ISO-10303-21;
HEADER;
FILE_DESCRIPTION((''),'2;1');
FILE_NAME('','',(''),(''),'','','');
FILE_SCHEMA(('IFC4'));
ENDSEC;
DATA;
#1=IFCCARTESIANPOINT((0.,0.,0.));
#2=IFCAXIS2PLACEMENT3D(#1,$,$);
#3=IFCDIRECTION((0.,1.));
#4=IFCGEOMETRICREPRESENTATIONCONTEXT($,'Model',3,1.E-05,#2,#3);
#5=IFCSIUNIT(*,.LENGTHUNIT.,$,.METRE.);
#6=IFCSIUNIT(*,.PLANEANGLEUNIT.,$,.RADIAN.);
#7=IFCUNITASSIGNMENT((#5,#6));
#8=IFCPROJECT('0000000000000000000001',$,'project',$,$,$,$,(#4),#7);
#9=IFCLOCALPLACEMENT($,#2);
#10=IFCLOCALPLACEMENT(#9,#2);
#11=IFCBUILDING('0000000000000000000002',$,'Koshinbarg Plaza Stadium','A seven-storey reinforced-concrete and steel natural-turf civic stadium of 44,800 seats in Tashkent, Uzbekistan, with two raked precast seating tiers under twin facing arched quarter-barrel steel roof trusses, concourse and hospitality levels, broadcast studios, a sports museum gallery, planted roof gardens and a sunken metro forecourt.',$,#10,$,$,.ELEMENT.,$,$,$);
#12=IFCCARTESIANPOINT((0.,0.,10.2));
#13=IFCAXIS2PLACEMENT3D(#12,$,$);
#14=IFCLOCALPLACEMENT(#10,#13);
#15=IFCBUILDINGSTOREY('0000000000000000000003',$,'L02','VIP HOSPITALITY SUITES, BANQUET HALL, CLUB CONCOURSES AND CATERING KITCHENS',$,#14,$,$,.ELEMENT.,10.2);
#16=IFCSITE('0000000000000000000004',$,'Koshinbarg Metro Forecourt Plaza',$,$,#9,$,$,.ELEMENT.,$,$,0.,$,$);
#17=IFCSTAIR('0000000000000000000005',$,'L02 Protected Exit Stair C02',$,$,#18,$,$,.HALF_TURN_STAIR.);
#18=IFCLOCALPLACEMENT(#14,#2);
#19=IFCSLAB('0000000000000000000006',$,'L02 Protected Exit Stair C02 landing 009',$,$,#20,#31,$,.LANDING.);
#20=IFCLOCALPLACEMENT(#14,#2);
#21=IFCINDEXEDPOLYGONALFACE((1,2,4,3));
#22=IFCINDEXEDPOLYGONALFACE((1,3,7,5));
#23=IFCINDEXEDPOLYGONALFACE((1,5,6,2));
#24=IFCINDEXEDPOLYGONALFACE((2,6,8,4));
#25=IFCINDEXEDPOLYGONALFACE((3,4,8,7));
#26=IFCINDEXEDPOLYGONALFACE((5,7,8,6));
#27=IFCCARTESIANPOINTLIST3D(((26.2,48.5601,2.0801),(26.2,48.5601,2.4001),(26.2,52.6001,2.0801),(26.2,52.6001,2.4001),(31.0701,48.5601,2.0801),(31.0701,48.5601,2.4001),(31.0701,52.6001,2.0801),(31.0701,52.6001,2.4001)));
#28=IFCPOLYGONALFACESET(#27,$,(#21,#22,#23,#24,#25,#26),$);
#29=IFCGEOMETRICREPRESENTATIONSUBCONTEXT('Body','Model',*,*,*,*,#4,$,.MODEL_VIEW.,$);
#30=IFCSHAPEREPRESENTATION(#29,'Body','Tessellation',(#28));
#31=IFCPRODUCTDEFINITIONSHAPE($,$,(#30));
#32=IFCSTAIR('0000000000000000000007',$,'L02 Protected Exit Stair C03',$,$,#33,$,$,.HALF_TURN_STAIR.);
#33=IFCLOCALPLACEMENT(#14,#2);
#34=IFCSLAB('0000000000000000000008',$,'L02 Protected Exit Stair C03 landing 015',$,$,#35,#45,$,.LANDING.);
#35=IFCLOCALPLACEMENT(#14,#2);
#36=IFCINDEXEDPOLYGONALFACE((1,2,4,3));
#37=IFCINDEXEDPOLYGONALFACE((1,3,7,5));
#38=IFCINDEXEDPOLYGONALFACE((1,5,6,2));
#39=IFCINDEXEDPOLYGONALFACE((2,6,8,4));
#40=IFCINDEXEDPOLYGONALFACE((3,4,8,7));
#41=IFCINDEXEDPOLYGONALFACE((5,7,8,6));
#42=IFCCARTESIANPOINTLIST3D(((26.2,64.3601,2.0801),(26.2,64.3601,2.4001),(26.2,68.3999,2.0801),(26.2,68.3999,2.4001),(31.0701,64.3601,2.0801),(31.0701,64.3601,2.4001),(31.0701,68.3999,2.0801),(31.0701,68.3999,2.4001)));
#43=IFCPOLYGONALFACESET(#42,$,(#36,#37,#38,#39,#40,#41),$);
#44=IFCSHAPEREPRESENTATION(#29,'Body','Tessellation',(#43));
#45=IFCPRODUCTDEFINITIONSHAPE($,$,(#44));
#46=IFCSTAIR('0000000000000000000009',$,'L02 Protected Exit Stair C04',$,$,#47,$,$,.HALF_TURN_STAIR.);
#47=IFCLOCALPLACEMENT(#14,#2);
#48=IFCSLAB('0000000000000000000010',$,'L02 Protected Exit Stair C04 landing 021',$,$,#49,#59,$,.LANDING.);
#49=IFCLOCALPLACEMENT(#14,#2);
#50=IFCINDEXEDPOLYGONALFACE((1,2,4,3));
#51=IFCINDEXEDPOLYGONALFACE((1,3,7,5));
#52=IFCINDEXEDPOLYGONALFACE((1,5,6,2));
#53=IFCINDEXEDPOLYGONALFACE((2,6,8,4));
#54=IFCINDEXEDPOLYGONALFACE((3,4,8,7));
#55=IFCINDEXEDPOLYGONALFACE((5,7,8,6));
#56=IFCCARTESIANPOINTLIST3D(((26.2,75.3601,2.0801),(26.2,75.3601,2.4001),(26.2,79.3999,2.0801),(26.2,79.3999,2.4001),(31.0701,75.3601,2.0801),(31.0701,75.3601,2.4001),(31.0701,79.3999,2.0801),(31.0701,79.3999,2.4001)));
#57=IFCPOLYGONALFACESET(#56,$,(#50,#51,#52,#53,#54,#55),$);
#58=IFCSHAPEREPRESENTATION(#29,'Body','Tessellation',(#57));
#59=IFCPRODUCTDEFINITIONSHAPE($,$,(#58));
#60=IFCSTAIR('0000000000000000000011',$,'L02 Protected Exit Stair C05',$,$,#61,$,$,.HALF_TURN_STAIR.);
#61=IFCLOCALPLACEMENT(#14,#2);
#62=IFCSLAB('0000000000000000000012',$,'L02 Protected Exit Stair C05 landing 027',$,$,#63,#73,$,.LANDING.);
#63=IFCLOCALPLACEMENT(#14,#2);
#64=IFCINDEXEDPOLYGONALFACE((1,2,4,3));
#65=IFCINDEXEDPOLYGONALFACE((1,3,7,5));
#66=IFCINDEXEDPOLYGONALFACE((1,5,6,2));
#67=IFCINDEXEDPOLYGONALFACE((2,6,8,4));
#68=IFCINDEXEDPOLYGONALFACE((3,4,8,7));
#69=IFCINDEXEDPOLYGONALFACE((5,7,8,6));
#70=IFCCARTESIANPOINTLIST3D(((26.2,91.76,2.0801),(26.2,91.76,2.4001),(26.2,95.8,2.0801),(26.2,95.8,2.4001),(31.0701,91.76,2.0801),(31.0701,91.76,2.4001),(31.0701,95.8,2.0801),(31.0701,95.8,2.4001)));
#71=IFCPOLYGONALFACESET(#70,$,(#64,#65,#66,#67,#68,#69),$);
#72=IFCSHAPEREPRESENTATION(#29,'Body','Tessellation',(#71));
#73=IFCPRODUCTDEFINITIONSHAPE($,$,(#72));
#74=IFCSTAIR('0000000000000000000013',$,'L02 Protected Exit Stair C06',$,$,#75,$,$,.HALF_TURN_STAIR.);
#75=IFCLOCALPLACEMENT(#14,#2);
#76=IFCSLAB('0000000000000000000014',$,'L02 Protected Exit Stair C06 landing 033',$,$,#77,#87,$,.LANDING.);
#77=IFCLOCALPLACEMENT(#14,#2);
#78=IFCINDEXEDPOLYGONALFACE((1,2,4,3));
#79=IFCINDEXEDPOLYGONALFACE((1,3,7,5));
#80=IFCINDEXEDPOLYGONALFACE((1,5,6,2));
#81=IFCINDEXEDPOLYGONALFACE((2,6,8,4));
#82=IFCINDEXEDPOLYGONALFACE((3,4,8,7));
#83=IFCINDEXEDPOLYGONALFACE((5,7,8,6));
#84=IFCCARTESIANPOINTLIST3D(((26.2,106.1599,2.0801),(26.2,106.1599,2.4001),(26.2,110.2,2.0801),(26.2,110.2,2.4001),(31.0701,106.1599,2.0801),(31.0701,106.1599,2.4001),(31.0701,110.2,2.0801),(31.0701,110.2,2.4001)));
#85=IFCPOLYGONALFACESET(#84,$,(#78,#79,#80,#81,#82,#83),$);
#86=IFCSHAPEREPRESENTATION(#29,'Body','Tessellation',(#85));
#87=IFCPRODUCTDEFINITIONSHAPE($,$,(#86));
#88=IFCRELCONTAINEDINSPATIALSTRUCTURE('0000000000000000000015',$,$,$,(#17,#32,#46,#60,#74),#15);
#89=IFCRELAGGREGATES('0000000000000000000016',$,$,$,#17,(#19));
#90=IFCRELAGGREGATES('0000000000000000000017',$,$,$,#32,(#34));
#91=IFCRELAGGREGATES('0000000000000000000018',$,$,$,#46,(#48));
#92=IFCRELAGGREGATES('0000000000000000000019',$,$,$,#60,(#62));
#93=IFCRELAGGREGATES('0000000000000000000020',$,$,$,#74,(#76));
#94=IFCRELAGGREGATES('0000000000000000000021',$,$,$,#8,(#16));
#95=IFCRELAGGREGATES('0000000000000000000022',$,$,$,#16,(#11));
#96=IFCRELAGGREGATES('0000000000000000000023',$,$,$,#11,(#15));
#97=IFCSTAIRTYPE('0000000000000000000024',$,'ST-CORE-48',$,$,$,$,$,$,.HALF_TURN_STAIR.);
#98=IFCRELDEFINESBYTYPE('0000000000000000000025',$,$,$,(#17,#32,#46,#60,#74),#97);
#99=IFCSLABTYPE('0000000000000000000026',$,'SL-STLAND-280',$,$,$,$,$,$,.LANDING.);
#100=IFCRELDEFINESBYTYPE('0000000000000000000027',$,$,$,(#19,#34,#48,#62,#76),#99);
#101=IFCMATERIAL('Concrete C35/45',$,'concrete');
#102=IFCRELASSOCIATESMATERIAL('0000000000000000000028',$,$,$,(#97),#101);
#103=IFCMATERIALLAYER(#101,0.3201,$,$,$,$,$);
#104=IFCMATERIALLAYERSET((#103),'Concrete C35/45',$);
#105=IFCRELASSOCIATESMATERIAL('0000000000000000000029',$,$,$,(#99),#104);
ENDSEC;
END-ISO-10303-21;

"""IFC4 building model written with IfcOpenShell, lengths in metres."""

from ifc_helpers import new_model, si_unit, direction, frame, origin, place, context, subcontext, project, spatial, polyline, outline, extrude, material, layer, layer_set, type_object, element, aggregate, save


model = new_model("IFC4")

# Units and contexts
model_context = context("Model", 3, precision=1e-05, world=origin(), true_north=direction((0.0, 1.0)))
body_context = subcontext(model_context, "Body", "Model", "MODEL_VIEW")
ifc_project = project(units=[si_unit("LENGTHUNIT", "METRE"), si_unit("PLANEANGLEUNIT", "RADIAN")], contexts=[model_context])

# Site, building, storey
site_placement = place(None, origin())
site = spatial("IfcSite", under=ifc_project, at=site_placement, Name="Koshinbarg Metro Forecourt Plaza", CompositionType="ELEMENT", RefElevation=0.0)
building_placement = place(site_placement, origin())
building = spatial("IfcBuilding", under=site, at=building_placement, Name="Koshinbarg Plaza Stadium", Description="A seven-storey reinforced-concrete and steel natural-turf civic stadium of 44,800 seats in Tashkent, Uzbekistan, with two raked precast seating tiers under twin facing arched quarter-barrel steel roof trusses, concourse and hospitality levels, broadcast studios, a sports museum gallery, planted roof gardens and a sunken metro forecourt.", CompositionType="ELEMENT")
storey_placement = place(building_placement, frame((0.0, 0.0, 10.2)))
storey = spatial("IfcBuildingStorey", under=building, at=storey_placement, Name="L02", Description="VIP HOSPITALITY SUITES, BANQUET HALL, CLUB CONCOURSES AND CATERING KITCHENS", CompositionType="ELEMENT", Elevation=10.2)

# Shared definitions
ifc_material = material(Name="Concrete C35/45", Category="concrete")

# Stairs, slabs
stair_type = type_object("IfcStairType", Name="ST-CORE-48", PredefinedType="HALF_TURN_STAIR", material=ifc_material)
ifc_layer_1 = layer(ifc_material, 0.3201)
ifc_layer_set_1 = layer_set([ifc_layer_1], Name="Concrete C35/45")
slab_type_1 = type_object("IfcSlabType", Name="SL-STLAND-280", PredefinedType="LANDING", material=ifc_layer_set_1)
stair_1_placement = place(storey_placement, origin())
stair_1 = element("IfcStair", 1, at=stair_1_placement, inside=storey, type_object=stair_type, Name="L02 Protected Exit Stair C02", PredefinedType="HALF_TURN_STAIR")
slab_1_placement = place(storey_placement, frame((0.0, 0.0, 2.0801)))
slab_1 = element("IfcSlab", 2, at=slab_1_placement, type_object=slab_type_1, Name="L02 Protected Exit Stair C02 landing 009", PredefinedType="LANDING", context=body_context, shape_type="SweptSolid", body=[
    extrude(outline(polyline([(31.0701, 48.5601), (31.0701, 52.6001), (26.2, 52.6001), (26.2, 48.5601), (31.0701, 48.5601)])), origin(), (0.0, 0.0, 1.0), 0.3201),
])
aggregate(stair_1, [slab_1])
stair_2_placement = place(storey_placement, origin())
stair_2 = element("IfcStair", 3, at=stair_2_placement, inside=storey, type_object=stair_type, Name="L02 Protected Exit Stair C03", PredefinedType="HALF_TURN_STAIR")
slab_2_placement = place(storey_placement, frame((0.0, 0.0, 2.0801)))
slab_2 = element("IfcSlab", 4, at=slab_2_placement, type_object=slab_type_1, Name="L02 Protected Exit Stair C03 landing 015", PredefinedType="LANDING", context=body_context, shape_type="SweptSolid", body=[
    extrude(outline(polyline([(31.0701, 64.3601), (31.0701, 68.3999), (26.2, 68.3999), (26.2, 64.3601), (31.0701, 64.3601)])), origin(), (0.0, 0.0, 1.0), 0.3201),
])
aggregate(stair_2, [slab_2])
stair_3_placement = place(storey_placement, origin())
stair_3 = element("IfcStair", 5, at=stair_3_placement, inside=storey, type_object=stair_type, Name="L02 Protected Exit Stair C04", PredefinedType="HALF_TURN_STAIR")
slab_3_placement = place(storey_placement, frame((0.0, 0.0, 2.0801)))
slab_3 = element("IfcSlab", 6, at=slab_3_placement, type_object=slab_type_1, Name="L02 Protected Exit Stair C04 landing 021", PredefinedType="LANDING", context=body_context, shape_type="SweptSolid", body=[
    extrude(outline(polyline([(31.0701, 75.3601), (31.0701, 79.3999), (26.2, 79.3999), (26.2, 75.3601), (31.0701, 75.3601)])), origin(), (0.0, 0.0, 1.0), 0.3201),
])
aggregate(stair_3, [slab_3])
stair_4_placement = place(storey_placement, origin())
stair_4 = element("IfcStair", 7, at=stair_4_placement, inside=storey, type_object=stair_type, Name="L02 Protected Exit Stair C05", PredefinedType="HALF_TURN_STAIR")
slab_4_placement = place(storey_placement, frame((0.0, 0.0, 2.0801)))
slab_4 = element("IfcSlab", 8, at=slab_4_placement, type_object=slab_type_1, Name="L02 Protected Exit Stair C05 landing 027", PredefinedType="LANDING", context=body_context, shape_type="SweptSolid", body=[
    extrude(outline(polyline([(31.0701, 91.76), (31.0701, 95.8), (26.2, 95.8), (26.2, 91.76), (31.0701, 91.76)])), origin(), (0.0, 0.0, 1.0), 0.3201),
])
aggregate(stair_4, [slab_4])
stair_5_placement = place(storey_placement, origin())
stair_5 = element("IfcStair", 9, at=stair_5_placement, inside=storey, type_object=stair_type, Name="L02 Protected Exit Stair C06", PredefinedType="HALF_TURN_STAIR")
slab_5_placement = place(storey_placement, frame((0.0, 0.0, 2.0801)))
slab_5 = element("IfcSlab", 10, at=slab_5_placement, type_object=slab_type_1, Name="L02 Protected Exit Stair C06 landing 033", PredefinedType="LANDING", context=body_context, shape_type="SweptSolid", body=[
    extrude(outline(polyline([(31.0701, 106.1599), (31.0701, 110.2), (26.2, 110.2), (26.2, 106.1599), (31.0701, 106.1599)])), origin(), (0.0, 0.0, 1.0), 0.3201),
])
aggregate(stair_5, [slab_5])

save(model, "model.ifc")
